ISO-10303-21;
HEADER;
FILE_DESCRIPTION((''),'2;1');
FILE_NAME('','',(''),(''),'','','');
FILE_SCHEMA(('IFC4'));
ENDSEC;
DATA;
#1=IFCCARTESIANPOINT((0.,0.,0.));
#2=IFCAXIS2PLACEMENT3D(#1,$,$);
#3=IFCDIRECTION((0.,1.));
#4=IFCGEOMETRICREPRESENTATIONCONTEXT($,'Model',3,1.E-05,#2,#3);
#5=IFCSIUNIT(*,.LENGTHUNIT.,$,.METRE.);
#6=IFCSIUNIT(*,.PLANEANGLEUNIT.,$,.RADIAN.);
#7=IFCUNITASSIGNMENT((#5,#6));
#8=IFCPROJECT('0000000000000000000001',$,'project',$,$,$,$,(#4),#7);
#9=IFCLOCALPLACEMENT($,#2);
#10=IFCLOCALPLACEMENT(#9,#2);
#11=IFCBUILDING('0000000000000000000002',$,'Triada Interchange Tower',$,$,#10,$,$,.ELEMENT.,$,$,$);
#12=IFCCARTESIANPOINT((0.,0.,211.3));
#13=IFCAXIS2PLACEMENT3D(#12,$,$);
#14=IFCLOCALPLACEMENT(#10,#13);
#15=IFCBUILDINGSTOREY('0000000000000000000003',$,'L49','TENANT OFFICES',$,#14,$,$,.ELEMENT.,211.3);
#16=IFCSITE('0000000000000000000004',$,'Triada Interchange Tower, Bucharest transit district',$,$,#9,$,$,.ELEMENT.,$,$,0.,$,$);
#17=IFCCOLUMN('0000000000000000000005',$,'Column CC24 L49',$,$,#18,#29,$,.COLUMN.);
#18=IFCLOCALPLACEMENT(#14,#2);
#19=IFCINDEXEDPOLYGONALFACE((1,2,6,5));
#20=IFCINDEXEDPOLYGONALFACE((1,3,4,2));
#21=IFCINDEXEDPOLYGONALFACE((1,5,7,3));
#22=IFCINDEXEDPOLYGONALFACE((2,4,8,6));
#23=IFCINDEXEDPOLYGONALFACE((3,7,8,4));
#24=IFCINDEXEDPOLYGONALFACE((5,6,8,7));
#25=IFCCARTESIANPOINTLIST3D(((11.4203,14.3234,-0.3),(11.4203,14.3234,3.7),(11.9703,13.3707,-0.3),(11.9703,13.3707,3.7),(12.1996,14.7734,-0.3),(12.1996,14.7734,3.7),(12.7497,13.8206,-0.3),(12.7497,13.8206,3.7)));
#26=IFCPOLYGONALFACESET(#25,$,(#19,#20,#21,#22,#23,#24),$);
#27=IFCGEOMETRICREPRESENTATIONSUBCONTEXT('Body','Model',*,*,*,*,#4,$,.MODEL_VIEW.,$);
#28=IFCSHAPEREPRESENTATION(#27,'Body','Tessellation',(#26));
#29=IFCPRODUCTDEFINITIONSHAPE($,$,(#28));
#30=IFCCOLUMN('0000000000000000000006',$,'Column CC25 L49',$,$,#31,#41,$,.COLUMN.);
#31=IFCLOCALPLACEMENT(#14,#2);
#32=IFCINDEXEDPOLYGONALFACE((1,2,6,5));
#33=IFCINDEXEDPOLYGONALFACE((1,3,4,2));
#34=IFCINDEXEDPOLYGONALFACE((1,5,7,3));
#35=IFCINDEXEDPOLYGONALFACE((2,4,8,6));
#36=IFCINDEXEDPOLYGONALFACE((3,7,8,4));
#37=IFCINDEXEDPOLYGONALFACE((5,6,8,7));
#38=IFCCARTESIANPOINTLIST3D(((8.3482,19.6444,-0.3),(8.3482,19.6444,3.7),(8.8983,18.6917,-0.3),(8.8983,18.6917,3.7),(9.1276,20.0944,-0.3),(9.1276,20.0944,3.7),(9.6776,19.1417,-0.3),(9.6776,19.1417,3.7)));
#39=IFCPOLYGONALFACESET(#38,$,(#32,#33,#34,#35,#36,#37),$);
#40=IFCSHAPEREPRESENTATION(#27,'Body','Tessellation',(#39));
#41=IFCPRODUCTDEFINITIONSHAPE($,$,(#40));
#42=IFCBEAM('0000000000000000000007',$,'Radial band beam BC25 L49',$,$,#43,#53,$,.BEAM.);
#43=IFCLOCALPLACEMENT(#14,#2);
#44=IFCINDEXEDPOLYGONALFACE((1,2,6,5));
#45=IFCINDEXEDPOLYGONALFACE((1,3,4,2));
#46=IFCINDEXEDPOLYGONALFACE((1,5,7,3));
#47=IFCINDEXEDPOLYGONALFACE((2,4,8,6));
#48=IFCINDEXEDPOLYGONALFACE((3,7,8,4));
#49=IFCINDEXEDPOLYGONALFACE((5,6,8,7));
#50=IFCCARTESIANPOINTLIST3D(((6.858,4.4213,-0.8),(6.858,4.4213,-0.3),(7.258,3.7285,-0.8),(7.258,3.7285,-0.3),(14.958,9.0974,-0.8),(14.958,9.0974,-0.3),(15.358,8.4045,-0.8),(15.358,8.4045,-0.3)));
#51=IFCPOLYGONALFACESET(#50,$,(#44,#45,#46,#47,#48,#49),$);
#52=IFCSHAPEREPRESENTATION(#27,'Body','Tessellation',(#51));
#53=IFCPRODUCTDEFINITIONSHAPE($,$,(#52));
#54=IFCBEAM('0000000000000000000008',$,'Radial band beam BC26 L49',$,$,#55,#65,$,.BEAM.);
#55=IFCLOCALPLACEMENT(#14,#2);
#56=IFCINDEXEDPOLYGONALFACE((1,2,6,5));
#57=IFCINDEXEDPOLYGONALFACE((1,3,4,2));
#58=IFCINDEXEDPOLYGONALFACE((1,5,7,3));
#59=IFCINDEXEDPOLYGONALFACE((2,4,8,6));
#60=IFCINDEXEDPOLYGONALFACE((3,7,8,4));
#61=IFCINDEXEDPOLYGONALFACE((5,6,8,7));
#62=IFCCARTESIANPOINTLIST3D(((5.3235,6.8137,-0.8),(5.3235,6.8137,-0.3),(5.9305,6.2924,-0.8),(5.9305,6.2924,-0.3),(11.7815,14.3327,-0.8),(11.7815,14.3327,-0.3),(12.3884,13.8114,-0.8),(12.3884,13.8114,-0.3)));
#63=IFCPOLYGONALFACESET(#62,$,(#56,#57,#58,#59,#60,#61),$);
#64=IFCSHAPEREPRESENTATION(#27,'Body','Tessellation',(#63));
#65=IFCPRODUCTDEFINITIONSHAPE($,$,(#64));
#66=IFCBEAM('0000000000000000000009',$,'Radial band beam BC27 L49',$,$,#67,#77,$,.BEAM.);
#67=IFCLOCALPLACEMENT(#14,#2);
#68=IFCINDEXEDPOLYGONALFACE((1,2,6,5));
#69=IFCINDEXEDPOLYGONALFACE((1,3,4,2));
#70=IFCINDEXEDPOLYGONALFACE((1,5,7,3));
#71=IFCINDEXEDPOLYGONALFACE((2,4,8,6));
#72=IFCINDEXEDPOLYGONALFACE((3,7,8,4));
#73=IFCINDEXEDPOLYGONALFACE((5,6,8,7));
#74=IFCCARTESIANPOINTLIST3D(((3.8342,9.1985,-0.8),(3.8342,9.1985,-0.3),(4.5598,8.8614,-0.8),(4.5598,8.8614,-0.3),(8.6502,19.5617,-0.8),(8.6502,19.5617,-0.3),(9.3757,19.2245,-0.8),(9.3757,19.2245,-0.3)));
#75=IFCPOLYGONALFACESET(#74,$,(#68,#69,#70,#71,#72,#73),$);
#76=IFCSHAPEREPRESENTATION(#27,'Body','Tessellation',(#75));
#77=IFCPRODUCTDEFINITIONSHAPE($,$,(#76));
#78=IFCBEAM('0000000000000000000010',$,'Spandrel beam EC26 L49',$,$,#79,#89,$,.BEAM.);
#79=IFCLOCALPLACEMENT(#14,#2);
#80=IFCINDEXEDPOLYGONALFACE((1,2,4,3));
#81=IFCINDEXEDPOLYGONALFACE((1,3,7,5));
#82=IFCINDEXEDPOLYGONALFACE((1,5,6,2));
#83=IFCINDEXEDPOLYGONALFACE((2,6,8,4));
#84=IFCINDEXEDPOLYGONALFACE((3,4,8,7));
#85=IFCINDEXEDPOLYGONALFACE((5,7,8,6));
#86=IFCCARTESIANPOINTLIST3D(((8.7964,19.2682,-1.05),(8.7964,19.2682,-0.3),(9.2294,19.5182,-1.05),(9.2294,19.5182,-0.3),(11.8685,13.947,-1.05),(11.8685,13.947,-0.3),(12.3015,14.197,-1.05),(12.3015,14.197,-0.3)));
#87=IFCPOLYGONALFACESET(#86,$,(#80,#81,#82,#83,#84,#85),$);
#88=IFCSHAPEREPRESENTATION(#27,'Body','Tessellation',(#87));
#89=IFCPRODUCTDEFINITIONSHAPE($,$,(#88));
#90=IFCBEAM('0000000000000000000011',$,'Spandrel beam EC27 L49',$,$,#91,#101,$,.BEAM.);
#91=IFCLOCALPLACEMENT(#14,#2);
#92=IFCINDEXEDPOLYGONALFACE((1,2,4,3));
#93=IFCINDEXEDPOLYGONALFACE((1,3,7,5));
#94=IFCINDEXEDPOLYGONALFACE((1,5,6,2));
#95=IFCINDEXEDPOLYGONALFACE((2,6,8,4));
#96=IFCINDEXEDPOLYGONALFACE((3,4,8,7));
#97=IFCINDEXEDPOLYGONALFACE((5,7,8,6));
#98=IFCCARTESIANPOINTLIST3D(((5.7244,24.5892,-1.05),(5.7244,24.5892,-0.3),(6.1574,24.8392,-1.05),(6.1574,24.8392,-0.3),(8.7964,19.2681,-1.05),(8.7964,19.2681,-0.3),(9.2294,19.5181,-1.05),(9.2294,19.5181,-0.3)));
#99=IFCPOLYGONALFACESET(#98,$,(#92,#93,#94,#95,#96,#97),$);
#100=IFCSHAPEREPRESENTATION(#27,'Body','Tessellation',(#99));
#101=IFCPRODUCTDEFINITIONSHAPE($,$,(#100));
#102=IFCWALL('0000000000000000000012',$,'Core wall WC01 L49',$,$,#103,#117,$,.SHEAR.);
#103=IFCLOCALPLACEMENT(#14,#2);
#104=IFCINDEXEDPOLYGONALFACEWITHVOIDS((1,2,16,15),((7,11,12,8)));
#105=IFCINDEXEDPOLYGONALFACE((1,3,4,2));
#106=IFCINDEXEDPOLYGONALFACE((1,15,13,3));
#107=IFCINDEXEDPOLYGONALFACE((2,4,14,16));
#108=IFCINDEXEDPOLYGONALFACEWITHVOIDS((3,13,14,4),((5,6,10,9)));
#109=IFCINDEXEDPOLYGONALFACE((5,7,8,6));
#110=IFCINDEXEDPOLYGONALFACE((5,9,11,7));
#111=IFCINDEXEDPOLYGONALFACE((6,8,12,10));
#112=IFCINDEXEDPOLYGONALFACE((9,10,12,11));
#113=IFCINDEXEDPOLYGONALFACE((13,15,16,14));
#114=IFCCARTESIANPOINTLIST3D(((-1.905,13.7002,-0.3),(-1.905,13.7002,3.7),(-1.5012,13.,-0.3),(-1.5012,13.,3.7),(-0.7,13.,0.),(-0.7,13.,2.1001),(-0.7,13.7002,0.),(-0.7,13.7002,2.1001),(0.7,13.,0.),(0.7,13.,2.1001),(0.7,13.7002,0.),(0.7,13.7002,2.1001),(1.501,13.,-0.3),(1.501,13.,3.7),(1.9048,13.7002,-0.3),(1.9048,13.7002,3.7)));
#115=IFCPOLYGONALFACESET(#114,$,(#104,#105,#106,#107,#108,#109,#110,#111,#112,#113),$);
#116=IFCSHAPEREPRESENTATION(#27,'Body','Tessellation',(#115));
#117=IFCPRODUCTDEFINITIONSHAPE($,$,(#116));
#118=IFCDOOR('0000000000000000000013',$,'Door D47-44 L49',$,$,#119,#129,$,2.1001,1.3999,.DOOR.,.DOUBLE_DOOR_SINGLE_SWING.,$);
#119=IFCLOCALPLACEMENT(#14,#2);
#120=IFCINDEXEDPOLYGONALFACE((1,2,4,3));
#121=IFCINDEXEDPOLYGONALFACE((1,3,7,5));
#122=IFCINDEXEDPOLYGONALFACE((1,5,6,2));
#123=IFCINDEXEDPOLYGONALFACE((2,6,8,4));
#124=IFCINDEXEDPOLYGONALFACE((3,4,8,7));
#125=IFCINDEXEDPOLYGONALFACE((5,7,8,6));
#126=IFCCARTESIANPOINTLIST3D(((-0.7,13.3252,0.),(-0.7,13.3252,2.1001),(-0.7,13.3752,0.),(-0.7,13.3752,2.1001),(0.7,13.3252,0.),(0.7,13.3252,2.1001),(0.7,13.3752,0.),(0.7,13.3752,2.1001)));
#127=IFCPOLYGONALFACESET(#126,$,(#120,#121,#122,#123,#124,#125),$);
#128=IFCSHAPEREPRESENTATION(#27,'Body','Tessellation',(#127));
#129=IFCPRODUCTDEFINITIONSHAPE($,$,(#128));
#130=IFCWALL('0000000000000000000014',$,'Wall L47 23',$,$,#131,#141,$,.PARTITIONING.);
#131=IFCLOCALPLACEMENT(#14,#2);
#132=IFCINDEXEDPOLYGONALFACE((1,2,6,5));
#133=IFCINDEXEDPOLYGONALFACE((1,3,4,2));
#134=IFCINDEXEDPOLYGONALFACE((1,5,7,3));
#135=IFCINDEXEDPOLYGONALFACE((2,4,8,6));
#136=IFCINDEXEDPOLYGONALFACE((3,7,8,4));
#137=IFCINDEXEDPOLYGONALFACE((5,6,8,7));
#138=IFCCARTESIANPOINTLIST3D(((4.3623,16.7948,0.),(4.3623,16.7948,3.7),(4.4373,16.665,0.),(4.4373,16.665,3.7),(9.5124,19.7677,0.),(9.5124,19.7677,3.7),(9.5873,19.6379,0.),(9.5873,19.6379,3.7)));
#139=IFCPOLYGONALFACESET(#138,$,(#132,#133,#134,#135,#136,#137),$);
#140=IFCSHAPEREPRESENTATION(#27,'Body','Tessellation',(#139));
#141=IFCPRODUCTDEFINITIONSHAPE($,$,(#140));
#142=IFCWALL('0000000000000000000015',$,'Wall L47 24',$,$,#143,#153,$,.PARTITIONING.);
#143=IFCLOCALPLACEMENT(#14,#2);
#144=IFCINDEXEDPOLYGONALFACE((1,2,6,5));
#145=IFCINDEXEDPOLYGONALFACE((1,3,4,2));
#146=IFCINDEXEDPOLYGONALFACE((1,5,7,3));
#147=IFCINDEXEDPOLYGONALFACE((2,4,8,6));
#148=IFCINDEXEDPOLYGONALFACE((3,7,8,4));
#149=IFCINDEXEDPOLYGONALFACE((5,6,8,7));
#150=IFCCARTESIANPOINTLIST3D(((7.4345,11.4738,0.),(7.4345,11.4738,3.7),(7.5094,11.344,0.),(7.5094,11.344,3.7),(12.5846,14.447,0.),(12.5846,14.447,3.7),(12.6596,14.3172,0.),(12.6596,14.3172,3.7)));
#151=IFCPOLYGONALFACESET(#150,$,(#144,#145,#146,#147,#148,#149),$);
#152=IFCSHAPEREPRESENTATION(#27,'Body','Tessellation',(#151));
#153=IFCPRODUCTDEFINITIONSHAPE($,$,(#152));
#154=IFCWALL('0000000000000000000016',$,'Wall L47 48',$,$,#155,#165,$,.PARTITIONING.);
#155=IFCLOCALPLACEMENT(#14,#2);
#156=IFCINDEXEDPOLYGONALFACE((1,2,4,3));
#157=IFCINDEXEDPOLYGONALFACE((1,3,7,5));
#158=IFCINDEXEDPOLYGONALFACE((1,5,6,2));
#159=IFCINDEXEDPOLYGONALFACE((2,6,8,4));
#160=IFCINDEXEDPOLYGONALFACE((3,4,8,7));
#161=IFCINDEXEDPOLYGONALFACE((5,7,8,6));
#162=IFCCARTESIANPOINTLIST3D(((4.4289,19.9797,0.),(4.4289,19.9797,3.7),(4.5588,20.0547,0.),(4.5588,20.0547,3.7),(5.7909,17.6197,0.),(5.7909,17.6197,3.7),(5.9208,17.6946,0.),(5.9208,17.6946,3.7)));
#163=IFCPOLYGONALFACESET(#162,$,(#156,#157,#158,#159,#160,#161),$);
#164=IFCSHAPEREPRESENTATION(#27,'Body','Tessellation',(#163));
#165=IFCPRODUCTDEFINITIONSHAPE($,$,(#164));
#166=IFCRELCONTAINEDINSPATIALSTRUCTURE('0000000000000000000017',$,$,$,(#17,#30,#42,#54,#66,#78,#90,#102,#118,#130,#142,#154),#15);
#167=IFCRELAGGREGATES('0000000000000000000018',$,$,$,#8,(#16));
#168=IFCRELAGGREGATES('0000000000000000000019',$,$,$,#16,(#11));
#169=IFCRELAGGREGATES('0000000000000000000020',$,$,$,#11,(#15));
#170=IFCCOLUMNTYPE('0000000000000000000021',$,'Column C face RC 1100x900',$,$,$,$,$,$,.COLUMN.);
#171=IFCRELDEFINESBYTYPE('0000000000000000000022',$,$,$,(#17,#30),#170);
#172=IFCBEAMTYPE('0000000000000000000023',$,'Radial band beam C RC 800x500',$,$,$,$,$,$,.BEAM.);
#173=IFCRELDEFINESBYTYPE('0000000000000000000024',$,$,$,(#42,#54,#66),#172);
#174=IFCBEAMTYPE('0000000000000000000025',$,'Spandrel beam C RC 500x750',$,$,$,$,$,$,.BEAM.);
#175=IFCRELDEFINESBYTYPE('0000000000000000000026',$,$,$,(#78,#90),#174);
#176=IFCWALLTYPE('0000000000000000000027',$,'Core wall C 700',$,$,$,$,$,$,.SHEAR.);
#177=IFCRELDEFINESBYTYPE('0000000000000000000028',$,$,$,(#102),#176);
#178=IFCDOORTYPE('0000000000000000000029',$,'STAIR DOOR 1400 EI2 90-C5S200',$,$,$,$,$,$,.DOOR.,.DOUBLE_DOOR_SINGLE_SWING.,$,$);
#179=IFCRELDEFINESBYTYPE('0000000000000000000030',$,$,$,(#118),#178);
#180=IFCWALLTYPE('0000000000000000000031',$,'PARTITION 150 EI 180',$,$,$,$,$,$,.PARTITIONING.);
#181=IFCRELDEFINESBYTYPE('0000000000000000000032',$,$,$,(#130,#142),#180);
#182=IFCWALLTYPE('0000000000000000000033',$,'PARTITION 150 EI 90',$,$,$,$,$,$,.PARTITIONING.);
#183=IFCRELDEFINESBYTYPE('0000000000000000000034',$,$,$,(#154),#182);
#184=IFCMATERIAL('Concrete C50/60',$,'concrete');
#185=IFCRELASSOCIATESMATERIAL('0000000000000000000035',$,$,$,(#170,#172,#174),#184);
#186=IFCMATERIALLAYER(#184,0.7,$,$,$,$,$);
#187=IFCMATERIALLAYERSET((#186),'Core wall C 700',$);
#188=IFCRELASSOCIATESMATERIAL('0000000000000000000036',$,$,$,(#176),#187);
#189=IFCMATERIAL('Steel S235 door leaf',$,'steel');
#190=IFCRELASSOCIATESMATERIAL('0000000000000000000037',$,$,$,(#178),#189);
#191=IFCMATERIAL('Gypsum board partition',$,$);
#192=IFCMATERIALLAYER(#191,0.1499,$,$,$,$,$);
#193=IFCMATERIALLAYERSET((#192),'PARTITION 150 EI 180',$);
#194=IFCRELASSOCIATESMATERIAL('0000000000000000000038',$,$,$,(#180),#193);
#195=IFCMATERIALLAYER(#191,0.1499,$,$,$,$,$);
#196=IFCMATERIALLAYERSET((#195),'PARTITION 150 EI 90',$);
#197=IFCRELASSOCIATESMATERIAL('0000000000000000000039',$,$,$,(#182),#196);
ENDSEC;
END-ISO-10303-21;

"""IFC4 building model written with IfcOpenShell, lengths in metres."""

from ifc_helpers import new_model, si_unit, direction, frame, frame_2d, origin, origin_2d, place, context, subcontext, project, spatial, polyline, rectangle, outline, extrude, material, layer, layer_set, material_profile, profile_set, type_object, element, fill, save


model = new_model("IFC4")

# Units and contexts
model_context = context("Model", 3, precision=1e-05, world=origin(), true_north=direction((0.0, 1.0)))
body_context = subcontext(model_context, "Body", "Model", "MODEL_VIEW")
ifc_project = project(units=[si_unit("LENGTHUNIT", "METRE"), si_unit("PLANEANGLEUNIT", "RADIAN")], contexts=[model_context])

# Site, building, storey
site_placement = place(None, origin())
site = spatial("IfcSite", under=ifc_project, at=site_placement, Name="Triada Interchange Tower, Bucharest transit district", CompositionType="ELEMENT", RefElevation=0.0)
building_placement = place(site_placement, origin())
building = spatial("IfcBuilding", under=site, at=building_placement, Name="Triada Interchange Tower", CompositionType="ELEMENT")
storey_placement = place(building_placement, frame((0.0, 0.0, 211.3)))
storey = spatial("IfcBuildingStorey", under=building, at=storey_placement, Name="L49", Description="TENANT OFFICES", CompositionType="ELEMENT", Elevation=211.3)

# Columns
ifc_material_1 = material(Name="Concrete C50/60", Category="concrete")
ifc_material_profile_1 = material_profile(ifc_material_1, rectangle(XDim=1.1001, YDim=0.8999, at=origin_2d()), Name="RC 1100x900")
ifc_profile_set_1 = profile_set([ifc_material_profile_1], Name="Concrete C50/60")
column_type = type_object("IfcColumnType", Name="Column C face RC 1100x900", PredefinedType="COLUMN", material=ifc_profile_set_1)
for number, where, z_axis, x_axis, name in (
    (1, (12.085, 14.072, -0.3), (0.0, 0.0, 1.0), (-0.5, 0.866025, 0.0), "Column CC24 L49"),
    (2, (9.0129, 19.3931, -0.3), (0.0, 0.0, 1.0), (-0.5, 0.866025, 0.0), "Column CC25 L49"),
):
    element("IfcColumn", number, at=place(storey_placement, frame(where, z_axis=z_axis, x_axis=x_axis)), inside=storey, type_object=column_type, Name=name, PredefinedType="COLUMN", context=body_context, shape_type="SweptSolid", body=[
        extrude(rectangle(XDim=1.1001, YDim=0.8999, at=origin_2d()), origin(), (0.0, 0.0, 1.0), 4.0),
    ])

# Beams
ifc_material_profile_2 = material_profile(ifc_material_1, rectangle(XDim=0.8, YDim=0.5, at=origin_2d()), Name="RC 800x500")
ifc_profile_set_2 = profile_set([ifc_material_profile_2], Name="Concrete C50/60")
beam_type_1 = type_object("IfcBeamType", Name="Radial band beam C RC 800x500", PredefinedType="BEAM", material=ifc_profile_set_2)
beam_1_placement = place(storey_placement, frame((15.158, 8.751, -0.55), z_axis=(-0.866045, -0.499966, 0.0), x_axis=(0.499966, -0.866045, 0.0)))
element("IfcBeam", 3, at=beam_1_placement, inside=storey, type_object=beam_type_1, Name="Radial band beam BC25 L49", PredefinedType="BEAM", context=body_context, shape_type="SweptSolid", body=[
    extrude(rectangle(XDim=0.8, YDim=0.5, at=origin_2d()), origin(), (0.0, 0.0, 1.0), 9.3528),
])
beam_2_placement = place(storey_placement, frame((12.085, 14.072, -0.55), z_axis=(-0.651554, -0.758602, 0.0), x_axis=(0.758602, -0.651554, 0.0)))
element("IfcBeam", 4, at=beam_2_placement, inside=storey, type_object=beam_type_1, Name="Radial band beam BC26 L49", PredefinedType="BEAM", context=body_context, shape_type="SweptSolid", body=[
    extrude(rectangle(XDim=0.8, YDim=0.5, at=origin_2d()), origin(), (0.0, 0.0, 1.0), 9.9116),
])
beam_3_placement = place(storey_placement, frame((9.0129, 19.3931, -0.55), z_axis=(-0.421436, -0.906858, 0.0), x_axis=(0.906858, -0.421436, 0.0)))
element("IfcBeam", 5, at=beam_3_placement, inside=storey, type_object=beam_type_1, Name="Radial band beam BC27 L49", PredefinedType="BEAM", context=body_context, shape_type="SweptSolid", body=[
    extrude(rectangle(XDim=0.8, YDim=0.5, at=origin_2d()), origin(), (0.0, 0.0, 1.0), 11.4275),
])
ifc_material_profile_3 = material_profile(ifc_material_1, rectangle(XDim=0.5, YDim=0.75, at=origin_2d()), Name="RC 500x750")
ifc_profile_set_3 = profile_set([ifc_material_profile_3], Name="Concrete C50/60")
beam_type_2 = type_object("IfcBeamType", Name="Spandrel beam C RC 500x750", PredefinedType="BEAM", material=ifc_profile_set_3)
for number, where, z_axis, x_axis, name in (
    (6, (12.085, 14.072, -0.675), (-0.49999, 0.866031, 0.0), (-0.866031, -0.49999, 0.0), "Spandrel beam EC26 L49"),
    (7, (9.0129, 19.3931, -0.675), (-0.49999, 0.866031, 0.0), (-0.866031, -0.49999, 0.0), "Spandrel beam EC27 L49"),
):
    element("IfcBeam", number, at=place(storey_placement, frame(where, z_axis=z_axis, x_axis=x_axis)), inside=storey, type_object=beam_type_2, Name=name, PredefinedType="BEAM", context=body_context, shape_type="SweptSolid", body=[
        extrude(rectangle(XDim=0.5, YDim=0.75, at=origin_2d()), origin(), (0.0, 0.0, 1.0), 6.1443),
    ])

# Wall, opening, door
ifc_layer_1 = layer(ifc_material_1, 0.7)
ifc_layer_set_1 = layer_set([ifc_layer_1], Name="Core wall C 700")
wall_type_1 = type_object("IfcWallType", Name="Core wall C 700", PredefinedType="SHEAR", material=ifc_layer_set_1)
wall_1_placement = place(storey_placement, frame((1.7029, 13.3501, -0.3), z_axis=(0.0, 0.0, 1.0), x_axis=(-1.0, 0.0, 0.0)))
wall_1 = element("IfcWall", 8, at=wall_1_placement, inside=storey, type_object=wall_type_1, Name="Core wall WC01 L49", PredefinedType="SHEAR", context=body_context, shape_type="SweptSolid", body=[
    extrude(outline(polyline([(-0.2019, -0.3501), (1.7031, -0.3501), (3.6079, -0.3501), (3.2041, 0.3501), (1.7031, 0.3501), (0.2019, 0.3501), (-0.2019, -0.3501)])), origin(), (0.0, 0.0, 1.0), 4.0),
])
opening_placement = place(wall_1_placement, frame((1.0029, 0.0, 0.3)))
opening = element("IfcOpeningElement", 9, at=opening_placement, cuts=wall_1, PredefinedType="OPENING", context=body_context, shape_type="SweptSolid", body=[
    extrude(rectangle(XDim=1.3999, YDim=2.1001, at=frame_2d((0.7, 1.05))), frame((0.0, 0.3601, 0.0), z_axis=(0.0, -1.0, 0.0), x_axis=(1.0, 0.0, 0.0)), (0.0, 0.0, 1.0), 0.7202),
])
ifc_material_2 = material(Name="Steel S235 door leaf", Category="steel")
door_type = type_object("IfcDoorType", Name="STAIR DOOR 1400 EI2 90-C5S200", OperationType="DOUBLE_DOOR_SINGLE_SWING", PredefinedType="DOOR", material=ifc_material_2)
door_placement = place(opening_placement, origin())
door = element("IfcDoor", 10, at=door_placement, inside=storey, type_object=door_type, Name="Door D47-44 L49", OperationType="DOUBLE_DOOR_SINGLE_SWING", OverallHeight=2.1001, OverallWidth=1.3999, PredefinedType="DOOR", context=body_context, shape_type="SweptSolid", body=[
    extrude(rectangle(XDim=1.3999, YDim=2.1001, at=frame_2d((0.7, 1.05))), frame((0.0, 0.0249, 0.0), z_axis=(0.0, -1.0, 0.0), x_axis=(1.0, 0.0, 0.0)), (0.0, 0.0, 1.0), 0.05),
])
fill(opening, door)

# Walls
ifc_material_3 = material(Name="Gypsum board partition")
ifc_layer_2 = layer(ifc_material_3, 0.1499)
ifc_layer_set_2 = layer_set([ifc_layer_2], Name="PARTITION 150 EI 180")
wall_type_2 = type_object("IfcWallType", Name="PARTITION 150 EI 180", PredefinedType="PARTITIONING", material=ifc_layer_set_2)
wall_2_placement = place(storey_placement, frame((4.3999, 16.73, 0.0), z_axis=(0.0, 0.0, 1.0), x_axis=(0.866065, 0.499932, 0.0)))
element("IfcWall", 11, at=wall_2_placement, inside=storey, type_object=wall_type_2, Name="Wall L47 23", PredefinedType="PARTITIONING", context=body_context, shape_type="SweptSolid", body=[
    extrude(rectangle(XDim=5.9465, YDim=0.1499, at=frame_2d((2.9731, 0.0))), origin(), (0.0, 0.0, 1.0), 3.7),
])
wall_3_placement = place(storey_placement, frame((7.4719, 11.4089, 0.0), z_axis=(0.0, 0.0, 1.0), x_axis=(0.866047, 0.499963, 0.0)))
element("IfcWall", 12, at=wall_3_placement, inside=storey, type_object=wall_type_2, Name="Wall L47 24", PredefinedType="PARTITIONING", context=body_context, shape_type="SweptSolid", body=[
    extrude(rectangle(XDim=5.9468, YDim=0.1499, at=frame_2d((2.9734, 0.0))), origin(), (0.0, 0.0, 1.0), 3.7),
])
ifc_layer_3 = layer(ifc_material_3, 0.1499)
ifc_layer_set_3 = layer_set([ifc_layer_3], Name="PARTITION 150 EI 90")
wall_type_3 = type_object("IfcWallType", Name="PARTITION 150 EI 90", PredefinedType="PARTITIONING", material=ifc_layer_set_3)
wall_4_placement = place(storey_placement, frame((4.4939, 20.0171, 0.0), z_axis=(0.0, 0.0, 1.0), x_axis=(0.499849, -0.866112, 0.0)))
element("IfcWall", 13, at=wall_4_placement, inside=storey, type_object=wall_type_3, Name="Wall L47 48", PredefinedType="PARTITIONING", context=body_context, shape_type="SweptSolid", body=[
    extrude(rectangle(XDim=2.7249, YDim=0.1499, at=frame_2d((1.3623, 0.0))), origin(), (0.0, 0.0, 1.0), 3.7),
])

save(model, "model.ifc")
